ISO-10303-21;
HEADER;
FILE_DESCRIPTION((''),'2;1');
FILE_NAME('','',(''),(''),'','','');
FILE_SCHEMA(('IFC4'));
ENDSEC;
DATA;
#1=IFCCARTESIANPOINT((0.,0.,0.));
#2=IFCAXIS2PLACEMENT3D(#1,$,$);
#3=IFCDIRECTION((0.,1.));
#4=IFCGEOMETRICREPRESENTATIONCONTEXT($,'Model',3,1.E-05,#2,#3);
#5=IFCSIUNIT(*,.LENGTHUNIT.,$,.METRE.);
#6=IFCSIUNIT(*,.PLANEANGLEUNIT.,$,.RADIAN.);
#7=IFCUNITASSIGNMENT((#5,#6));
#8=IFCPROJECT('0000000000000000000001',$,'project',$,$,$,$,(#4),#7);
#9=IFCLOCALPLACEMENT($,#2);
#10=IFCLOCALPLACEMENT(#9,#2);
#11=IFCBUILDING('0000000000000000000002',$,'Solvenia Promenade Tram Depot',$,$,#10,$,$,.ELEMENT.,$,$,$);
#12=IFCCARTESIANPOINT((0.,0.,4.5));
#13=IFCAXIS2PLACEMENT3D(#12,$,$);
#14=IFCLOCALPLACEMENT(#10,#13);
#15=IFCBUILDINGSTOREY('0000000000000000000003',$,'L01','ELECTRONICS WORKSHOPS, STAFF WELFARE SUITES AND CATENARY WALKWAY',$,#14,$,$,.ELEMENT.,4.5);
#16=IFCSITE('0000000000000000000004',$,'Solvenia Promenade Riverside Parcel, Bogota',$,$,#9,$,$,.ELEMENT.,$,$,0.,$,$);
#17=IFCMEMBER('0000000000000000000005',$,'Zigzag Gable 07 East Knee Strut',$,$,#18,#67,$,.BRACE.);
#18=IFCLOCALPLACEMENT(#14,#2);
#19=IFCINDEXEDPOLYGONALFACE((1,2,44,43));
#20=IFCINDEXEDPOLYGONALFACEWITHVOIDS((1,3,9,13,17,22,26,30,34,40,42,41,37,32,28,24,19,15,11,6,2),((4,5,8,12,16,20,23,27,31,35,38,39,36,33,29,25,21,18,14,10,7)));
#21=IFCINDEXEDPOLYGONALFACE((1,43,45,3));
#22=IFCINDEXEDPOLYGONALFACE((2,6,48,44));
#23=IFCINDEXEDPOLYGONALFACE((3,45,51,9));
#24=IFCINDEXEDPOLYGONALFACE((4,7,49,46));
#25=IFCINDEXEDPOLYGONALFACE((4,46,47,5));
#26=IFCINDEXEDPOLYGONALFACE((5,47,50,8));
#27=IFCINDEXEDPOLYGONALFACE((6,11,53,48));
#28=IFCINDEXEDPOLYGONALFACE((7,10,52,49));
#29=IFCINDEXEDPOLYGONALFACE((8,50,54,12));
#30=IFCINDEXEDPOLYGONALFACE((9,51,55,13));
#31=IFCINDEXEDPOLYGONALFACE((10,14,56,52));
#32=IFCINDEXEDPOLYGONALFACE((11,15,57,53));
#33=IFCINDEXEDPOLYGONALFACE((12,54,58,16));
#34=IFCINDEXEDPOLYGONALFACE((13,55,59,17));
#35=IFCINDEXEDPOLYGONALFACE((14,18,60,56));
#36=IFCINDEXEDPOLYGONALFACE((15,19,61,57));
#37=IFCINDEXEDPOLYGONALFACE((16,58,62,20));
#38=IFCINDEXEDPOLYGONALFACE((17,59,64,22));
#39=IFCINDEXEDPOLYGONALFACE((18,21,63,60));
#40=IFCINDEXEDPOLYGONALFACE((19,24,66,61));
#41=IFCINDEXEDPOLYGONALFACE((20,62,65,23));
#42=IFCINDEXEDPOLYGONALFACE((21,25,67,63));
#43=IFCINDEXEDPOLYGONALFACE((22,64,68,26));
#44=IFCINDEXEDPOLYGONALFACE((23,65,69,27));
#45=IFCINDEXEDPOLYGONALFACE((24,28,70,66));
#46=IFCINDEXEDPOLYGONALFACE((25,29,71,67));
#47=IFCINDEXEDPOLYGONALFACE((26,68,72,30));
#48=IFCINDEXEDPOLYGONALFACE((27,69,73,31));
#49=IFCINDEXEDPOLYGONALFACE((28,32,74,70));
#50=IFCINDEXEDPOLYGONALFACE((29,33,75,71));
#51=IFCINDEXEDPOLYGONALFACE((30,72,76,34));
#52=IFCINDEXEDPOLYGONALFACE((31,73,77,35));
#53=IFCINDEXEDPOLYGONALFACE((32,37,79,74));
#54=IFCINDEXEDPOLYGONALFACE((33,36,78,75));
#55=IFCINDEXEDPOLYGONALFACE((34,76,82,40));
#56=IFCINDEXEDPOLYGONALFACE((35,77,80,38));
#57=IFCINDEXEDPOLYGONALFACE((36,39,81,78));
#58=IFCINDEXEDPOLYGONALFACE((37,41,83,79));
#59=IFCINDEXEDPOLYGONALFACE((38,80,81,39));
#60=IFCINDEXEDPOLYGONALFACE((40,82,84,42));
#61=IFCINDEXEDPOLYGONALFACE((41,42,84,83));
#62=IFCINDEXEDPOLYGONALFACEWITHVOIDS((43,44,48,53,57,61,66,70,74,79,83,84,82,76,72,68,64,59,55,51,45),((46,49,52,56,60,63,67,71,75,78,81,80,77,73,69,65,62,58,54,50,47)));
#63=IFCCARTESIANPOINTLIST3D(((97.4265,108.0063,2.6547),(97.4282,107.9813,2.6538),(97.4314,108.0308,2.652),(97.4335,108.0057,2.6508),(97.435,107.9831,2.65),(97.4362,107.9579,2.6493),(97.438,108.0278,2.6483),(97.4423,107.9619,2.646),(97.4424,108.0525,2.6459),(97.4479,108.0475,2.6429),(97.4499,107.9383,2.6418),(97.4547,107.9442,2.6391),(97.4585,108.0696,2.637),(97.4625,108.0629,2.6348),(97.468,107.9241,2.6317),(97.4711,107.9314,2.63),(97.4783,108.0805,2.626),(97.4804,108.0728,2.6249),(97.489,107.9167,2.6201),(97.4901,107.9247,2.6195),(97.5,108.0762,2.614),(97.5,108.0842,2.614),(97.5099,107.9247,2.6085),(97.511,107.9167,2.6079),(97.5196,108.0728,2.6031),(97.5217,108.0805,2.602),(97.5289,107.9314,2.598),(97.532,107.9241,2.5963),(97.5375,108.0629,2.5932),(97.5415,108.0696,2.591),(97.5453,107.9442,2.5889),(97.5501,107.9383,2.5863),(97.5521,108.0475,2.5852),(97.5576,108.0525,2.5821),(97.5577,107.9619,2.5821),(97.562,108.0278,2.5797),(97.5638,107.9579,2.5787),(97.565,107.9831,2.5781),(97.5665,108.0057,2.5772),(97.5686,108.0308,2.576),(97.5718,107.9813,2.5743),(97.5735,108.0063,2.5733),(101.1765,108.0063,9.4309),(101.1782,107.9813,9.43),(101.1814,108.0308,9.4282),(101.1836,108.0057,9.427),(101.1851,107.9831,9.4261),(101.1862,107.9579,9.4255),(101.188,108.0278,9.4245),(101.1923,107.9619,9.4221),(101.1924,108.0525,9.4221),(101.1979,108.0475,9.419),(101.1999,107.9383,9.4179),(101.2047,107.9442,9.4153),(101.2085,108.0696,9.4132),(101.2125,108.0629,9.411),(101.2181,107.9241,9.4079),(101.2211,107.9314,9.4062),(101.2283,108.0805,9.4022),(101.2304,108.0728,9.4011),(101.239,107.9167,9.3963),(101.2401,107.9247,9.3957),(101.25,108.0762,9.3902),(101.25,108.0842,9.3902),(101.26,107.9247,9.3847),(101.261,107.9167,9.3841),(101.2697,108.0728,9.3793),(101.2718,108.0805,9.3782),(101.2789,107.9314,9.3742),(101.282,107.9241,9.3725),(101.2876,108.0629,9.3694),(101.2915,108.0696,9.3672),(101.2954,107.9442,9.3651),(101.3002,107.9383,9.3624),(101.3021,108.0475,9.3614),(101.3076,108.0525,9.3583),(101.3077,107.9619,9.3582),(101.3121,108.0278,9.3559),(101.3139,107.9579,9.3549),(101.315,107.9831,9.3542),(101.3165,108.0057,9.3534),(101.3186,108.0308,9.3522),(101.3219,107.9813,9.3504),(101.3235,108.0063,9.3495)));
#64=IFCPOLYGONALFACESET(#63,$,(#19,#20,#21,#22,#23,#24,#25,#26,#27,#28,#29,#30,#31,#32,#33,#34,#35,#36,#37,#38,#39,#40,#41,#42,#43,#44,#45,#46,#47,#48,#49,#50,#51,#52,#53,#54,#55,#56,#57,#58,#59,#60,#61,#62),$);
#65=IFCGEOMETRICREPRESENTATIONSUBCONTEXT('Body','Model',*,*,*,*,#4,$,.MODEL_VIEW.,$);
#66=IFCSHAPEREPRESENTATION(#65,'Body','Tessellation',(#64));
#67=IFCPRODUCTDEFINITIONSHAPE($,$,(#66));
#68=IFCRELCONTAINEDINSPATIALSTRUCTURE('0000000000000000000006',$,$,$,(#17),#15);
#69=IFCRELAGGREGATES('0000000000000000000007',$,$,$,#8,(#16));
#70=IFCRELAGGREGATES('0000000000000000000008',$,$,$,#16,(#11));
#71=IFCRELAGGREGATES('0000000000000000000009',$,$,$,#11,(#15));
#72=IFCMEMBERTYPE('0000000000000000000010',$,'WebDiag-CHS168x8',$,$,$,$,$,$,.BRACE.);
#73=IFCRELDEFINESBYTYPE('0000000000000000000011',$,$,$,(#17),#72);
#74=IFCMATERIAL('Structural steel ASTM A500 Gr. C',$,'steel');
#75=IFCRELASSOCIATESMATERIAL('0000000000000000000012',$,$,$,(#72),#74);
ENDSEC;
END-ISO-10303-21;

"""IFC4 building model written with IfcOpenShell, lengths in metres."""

from ifc_helpers import new_model, si_unit, direction, frame, origin, origin_2d, place, context, subcontext, project, spatial, hollow_circle, extrude, material, material_profile, profile_set, type_object, element, save


model = new_model("IFC4")

# Units and contexts
model_context = context("Model", 3, precision=1e-05, world=origin(), true_north=direction((0.0, 1.0)))
body_context = subcontext(model_context, "Body", "Model", "MODEL_VIEW")
ifc_project = project(units=[si_unit("LENGTHUNIT", "METRE"), si_unit("PLANEANGLEUNIT", "RADIAN")], contexts=[model_context])

# Site, building, storey
site_placement = place(None, origin())
site = spatial("IfcSite", under=ifc_project, at=site_placement, Name="Solvenia Promenade Riverside Parcel, Bogota", CompositionType="ELEMENT", RefElevation=0.0)
building_placement = place(site_placement, origin())
building = spatial("IfcBuilding", under=site, at=building_placement, Name="Solvenia Promenade Tram Depot", CompositionType="ELEMENT")
storey_placement = place(building_placement, frame((0.0, 0.0, 4.5)))
storey = spatial("IfcBuildingStorey", under=building, at=storey_placement, Name="L01", Description="ELECTRONICS WORKSHOPS, STAFF WELFARE SUITES AND CATENARY WALKWAY", CompositionType="ELEMENT", Elevation=4.5)

# Shared definitions
ifc_material_1 = material(Name="Structural steel ASTM A500 Gr. C", Category="steel")

# Member
ifc_material_profile_1 = material_profile(ifc_material_1, hollow_circle(Radius=0.0842, WallThickness=0.0081, at=origin_2d()), Name="CHS168.3x8", Category="steel")
ifc_profile_set_1 = profile_set([ifc_material_profile_1], Name="Structural steel ASTM A500 Gr. C")
member_type_1 = type_object("IfcMemberType", Name="WebDiag-CHS168x8", PredefinedType="BRACE", material=ifc_profile_set_1)
for number, where, z_axis, x_axis, name in (
    (1, (97.5, 108.0, 2.614), (0.48421, 0.0, 0.874952), (0.0, 1.0, 0.0), "Zigzag Gable 07 East Knee Strut"),
):
    element("IfcMember", number, at=place(storey_placement, frame(where, z_axis=z_axis, x_axis=x_axis)), inside=storey, type_object=member_type_1, Name=name, PredefinedType="BRACE", context=body_context, shape_type="SweptSolid", body=[
        extrude(hollow_circle(Radius=0.0842, WallThickness=0.0081, at=origin_2d()), origin(), (0.0, 0.0, 1.0), 7.7446),
    ])

save(model, "model.ifc")
